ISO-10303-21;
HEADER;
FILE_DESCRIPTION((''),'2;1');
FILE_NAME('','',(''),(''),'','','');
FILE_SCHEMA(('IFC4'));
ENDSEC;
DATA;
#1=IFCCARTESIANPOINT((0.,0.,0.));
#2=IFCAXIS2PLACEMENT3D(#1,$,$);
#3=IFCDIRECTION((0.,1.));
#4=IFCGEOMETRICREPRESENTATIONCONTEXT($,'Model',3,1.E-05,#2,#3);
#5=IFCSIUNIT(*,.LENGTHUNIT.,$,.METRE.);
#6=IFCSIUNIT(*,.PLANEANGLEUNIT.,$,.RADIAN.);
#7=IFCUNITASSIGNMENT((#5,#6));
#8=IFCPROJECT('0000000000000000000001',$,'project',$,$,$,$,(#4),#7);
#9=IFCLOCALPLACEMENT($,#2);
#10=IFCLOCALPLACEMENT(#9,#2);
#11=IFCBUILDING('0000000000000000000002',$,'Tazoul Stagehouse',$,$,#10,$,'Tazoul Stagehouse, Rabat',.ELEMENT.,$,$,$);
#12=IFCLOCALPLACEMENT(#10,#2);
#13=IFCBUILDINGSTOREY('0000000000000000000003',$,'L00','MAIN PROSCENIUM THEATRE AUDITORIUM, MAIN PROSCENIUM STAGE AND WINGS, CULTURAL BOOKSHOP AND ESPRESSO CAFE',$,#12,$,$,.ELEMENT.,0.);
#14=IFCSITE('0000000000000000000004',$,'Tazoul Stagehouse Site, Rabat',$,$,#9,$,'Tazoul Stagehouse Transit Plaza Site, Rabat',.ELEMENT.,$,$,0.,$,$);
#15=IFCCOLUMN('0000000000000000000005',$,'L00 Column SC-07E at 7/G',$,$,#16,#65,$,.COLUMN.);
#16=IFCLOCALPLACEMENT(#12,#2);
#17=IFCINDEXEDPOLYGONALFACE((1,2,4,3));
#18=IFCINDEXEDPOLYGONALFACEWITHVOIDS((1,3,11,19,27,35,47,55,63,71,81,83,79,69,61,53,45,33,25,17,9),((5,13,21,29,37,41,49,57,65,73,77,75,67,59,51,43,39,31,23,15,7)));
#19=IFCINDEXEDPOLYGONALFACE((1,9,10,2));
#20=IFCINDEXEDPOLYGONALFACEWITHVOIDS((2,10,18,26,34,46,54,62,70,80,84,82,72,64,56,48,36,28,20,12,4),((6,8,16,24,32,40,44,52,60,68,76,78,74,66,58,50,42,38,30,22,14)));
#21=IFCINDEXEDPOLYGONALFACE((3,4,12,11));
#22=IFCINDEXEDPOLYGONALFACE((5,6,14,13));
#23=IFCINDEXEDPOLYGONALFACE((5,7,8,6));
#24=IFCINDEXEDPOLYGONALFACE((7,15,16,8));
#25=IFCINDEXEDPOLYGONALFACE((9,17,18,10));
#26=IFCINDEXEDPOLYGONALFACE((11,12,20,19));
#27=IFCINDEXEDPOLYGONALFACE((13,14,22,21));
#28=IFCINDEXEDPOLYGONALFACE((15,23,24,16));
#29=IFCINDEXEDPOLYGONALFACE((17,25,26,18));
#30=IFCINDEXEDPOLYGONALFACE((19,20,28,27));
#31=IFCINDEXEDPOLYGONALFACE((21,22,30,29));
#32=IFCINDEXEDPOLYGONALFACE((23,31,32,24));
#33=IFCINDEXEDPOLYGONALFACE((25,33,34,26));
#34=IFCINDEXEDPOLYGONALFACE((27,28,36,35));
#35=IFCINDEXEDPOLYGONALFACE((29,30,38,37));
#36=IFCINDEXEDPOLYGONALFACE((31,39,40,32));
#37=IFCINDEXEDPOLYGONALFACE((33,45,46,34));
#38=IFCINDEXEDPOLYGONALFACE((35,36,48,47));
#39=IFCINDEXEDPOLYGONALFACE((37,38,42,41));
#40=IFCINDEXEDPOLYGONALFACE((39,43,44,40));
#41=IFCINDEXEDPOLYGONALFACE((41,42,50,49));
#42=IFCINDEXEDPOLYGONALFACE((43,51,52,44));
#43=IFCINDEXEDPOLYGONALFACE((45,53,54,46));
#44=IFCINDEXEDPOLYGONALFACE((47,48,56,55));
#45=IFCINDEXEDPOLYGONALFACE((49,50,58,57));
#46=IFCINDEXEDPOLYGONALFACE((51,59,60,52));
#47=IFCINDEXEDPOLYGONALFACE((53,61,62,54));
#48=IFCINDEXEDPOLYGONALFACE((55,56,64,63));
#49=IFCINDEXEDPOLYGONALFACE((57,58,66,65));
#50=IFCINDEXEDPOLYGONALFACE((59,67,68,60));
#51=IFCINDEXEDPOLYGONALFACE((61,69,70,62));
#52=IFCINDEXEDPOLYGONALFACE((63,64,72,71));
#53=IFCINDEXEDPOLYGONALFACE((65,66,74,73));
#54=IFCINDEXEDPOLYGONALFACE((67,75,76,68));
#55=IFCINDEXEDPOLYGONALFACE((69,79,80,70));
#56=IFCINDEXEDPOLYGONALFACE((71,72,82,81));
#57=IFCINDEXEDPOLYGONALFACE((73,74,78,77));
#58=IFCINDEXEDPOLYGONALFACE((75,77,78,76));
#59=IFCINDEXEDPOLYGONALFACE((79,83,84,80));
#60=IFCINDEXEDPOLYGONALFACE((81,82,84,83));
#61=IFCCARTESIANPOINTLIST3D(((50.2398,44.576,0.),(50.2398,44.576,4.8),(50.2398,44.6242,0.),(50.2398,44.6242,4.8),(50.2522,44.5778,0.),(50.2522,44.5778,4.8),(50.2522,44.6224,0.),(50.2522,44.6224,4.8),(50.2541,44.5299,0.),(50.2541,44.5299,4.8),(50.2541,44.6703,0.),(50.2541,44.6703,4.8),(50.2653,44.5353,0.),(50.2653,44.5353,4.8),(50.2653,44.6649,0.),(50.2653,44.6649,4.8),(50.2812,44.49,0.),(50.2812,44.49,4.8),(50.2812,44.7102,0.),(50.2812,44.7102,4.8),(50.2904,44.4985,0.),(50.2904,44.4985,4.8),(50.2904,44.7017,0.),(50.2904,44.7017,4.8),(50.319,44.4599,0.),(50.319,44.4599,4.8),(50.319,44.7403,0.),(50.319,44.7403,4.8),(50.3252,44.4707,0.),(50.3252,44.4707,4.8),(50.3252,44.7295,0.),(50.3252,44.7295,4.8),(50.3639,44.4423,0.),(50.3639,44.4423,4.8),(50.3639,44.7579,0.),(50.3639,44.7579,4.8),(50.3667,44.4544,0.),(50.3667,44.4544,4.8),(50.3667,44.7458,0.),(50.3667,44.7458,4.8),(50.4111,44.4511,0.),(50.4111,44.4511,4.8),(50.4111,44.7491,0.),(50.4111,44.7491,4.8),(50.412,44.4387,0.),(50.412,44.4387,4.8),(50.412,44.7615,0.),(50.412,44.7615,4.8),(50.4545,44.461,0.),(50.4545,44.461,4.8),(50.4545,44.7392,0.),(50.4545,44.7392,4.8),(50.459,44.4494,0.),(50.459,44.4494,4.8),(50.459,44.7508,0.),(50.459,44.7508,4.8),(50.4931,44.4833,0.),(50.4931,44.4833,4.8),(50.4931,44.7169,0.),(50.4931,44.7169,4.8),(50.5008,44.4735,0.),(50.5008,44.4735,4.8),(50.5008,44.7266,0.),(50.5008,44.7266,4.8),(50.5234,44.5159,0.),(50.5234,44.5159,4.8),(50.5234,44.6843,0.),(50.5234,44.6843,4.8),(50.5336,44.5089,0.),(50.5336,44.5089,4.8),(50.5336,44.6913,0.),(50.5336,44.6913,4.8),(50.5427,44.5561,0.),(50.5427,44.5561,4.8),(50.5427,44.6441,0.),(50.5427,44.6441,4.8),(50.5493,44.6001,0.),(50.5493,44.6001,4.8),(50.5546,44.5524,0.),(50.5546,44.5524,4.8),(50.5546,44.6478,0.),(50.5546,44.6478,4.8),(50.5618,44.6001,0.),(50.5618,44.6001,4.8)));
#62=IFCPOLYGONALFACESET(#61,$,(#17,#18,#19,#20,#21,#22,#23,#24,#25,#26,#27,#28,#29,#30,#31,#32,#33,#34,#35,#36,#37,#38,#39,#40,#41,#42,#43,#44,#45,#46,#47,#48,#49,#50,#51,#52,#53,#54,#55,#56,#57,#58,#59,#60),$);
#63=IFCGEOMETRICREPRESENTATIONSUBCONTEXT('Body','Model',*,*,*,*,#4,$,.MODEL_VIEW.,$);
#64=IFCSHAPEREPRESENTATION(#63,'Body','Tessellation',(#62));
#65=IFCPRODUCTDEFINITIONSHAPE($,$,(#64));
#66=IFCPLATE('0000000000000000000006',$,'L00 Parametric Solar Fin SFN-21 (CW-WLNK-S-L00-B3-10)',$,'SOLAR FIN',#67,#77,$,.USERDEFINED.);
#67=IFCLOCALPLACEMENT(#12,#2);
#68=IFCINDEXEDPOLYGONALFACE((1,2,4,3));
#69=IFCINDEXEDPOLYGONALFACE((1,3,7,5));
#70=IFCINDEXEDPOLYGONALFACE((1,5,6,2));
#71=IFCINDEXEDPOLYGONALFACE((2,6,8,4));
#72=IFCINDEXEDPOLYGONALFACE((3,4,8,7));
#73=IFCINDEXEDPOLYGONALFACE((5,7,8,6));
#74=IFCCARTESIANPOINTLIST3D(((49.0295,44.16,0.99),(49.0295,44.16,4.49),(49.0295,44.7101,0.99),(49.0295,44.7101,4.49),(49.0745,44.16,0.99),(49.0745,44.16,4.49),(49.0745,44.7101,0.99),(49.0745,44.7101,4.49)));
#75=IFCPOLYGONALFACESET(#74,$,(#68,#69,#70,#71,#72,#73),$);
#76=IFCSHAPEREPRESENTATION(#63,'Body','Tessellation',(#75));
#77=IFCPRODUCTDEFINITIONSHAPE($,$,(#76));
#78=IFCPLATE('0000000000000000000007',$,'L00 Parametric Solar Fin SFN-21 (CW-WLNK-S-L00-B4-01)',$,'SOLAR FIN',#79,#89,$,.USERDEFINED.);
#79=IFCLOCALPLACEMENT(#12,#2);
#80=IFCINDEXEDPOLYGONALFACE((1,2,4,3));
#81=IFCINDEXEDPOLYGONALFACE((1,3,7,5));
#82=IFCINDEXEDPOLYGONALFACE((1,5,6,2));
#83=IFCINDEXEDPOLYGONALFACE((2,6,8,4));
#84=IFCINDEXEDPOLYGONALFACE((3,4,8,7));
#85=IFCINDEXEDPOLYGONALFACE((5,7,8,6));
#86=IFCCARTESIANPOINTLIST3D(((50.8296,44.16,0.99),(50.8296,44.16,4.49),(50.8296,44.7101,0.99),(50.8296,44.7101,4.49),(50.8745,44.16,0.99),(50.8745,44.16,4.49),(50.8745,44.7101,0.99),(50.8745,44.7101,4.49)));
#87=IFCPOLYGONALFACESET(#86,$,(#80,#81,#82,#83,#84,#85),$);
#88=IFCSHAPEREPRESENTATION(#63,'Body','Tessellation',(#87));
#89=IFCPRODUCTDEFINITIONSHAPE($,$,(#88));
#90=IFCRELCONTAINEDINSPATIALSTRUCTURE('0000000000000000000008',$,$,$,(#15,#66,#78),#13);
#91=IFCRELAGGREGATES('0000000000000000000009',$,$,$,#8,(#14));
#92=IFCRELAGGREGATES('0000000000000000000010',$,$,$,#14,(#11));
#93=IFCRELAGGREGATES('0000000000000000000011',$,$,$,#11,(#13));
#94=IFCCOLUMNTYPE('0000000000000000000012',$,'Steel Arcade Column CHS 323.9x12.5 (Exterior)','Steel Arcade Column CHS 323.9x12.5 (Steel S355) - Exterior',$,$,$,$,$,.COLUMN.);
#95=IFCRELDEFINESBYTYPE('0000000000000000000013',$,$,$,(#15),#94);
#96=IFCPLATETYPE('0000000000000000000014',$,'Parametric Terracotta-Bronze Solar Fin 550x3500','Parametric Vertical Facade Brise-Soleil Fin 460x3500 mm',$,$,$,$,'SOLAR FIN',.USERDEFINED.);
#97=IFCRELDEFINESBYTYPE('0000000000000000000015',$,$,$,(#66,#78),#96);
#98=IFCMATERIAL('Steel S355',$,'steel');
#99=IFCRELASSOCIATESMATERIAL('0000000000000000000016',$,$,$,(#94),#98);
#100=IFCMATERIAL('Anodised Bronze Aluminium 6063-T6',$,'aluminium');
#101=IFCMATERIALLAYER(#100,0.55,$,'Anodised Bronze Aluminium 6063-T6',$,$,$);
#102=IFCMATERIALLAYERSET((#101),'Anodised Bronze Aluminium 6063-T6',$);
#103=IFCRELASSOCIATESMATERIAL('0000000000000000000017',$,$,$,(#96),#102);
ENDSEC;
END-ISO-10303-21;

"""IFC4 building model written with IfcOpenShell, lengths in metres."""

from ifc_helpers import new_model, si_unit, direction, frame, origin, origin_2d, place, context, subcontext, project, spatial, rectangle, hollow_circle, extrude, material, layer, layer_set, material_profile, profile_set, type_object, element, save


model = new_model("IFC4")

# Units and contexts
model_context = context("Model", 3, precision=1e-05, world=origin(), true_north=direction((0.0, 1.0)))
body_context = subcontext(model_context, "Body", "Model", "MODEL_VIEW")
ifc_project = project(units=[si_unit("LENGTHUNIT", "METRE"), si_unit("PLANEANGLEUNIT", "RADIAN")], contexts=[model_context])

# Site, building, storey
site_placement = place(None, origin())
site = spatial("IfcSite", under=ifc_project, at=site_placement, Name="Tazoul Stagehouse Site, Rabat", LongName="Tazoul Stagehouse Transit Plaza Site, Rabat", CompositionType="ELEMENT", RefElevation=0.0)
building_placement = place(site_placement, origin())
building = spatial("IfcBuilding", under=site, at=building_placement, Name="Tazoul Stagehouse", LongName="Tazoul Stagehouse, Rabat", CompositionType="ELEMENT")
storey_placement = place(building_placement, origin())
storey = spatial("IfcBuildingStorey", under=building, at=storey_placement, Name="L00", Description="MAIN PROSCENIUM THEATRE AUDITORIUM, MAIN PROSCENIUM STAGE AND WINGS, CULTURAL BOOKSHOP AND ESPRESSO CAFE", CompositionType="ELEMENT", Elevation=0.0)

# Column
ifc_material_1 = material(Name="Steel S355", Category="steel")
ifc_material_profile_1 = material_profile(ifc_material_1, hollow_circle(Radius=0.1619, WallThickness=0.0125, at=origin_2d()), Name="CHS 323.9x12.5")
ifc_profile_set_1 = profile_set([ifc_material_profile_1], Name="Steel S355")
column_type = type_object("IfcColumnType", Name="Steel Arcade Column CHS 323.9x12.5 (Exterior)", Description="Steel Arcade Column CHS 323.9x12.5 (Steel S355) - Exterior", PredefinedType="COLUMN", material=ifc_profile_set_1)
column_placement = place(storey_placement, frame((50.3999, 44.6001, 0.0), z_axis=(0.0, 0.0, 1.0), x_axis=(1.0, 0.0, 0.0)))
element("IfcColumn", 1, at=column_placement, inside=storey, type_object=column_type, Name="L00 Column SC-07E at 7/G", PredefinedType="COLUMN", context=body_context, shape_type="SweptSolid", body=[
    extrude(hollow_circle(Radius=0.1619, WallThickness=0.0125, at=origin_2d()), origin(), (0.0, 0.0, 1.0), 4.8),
])

# Shared definitions
ifc_material_2 = material(Name="Anodised Bronze Aluminium 6063-T6", Category="aluminium")

# Plates
ifc_layer_1 = layer(ifc_material_2, 0.55, Name="Anodised Bronze Aluminium 6063-T6")
ifc_layer_set_1 = layer_set([ifc_layer_1], Name="Anodised Bronze Aluminium 6063-T6")
plate_type_1 = type_object("IfcPlateType", Name="Parametric Terracotta-Bronze Solar Fin 550x3500", Description="Parametric Vertical Facade Brise-Soleil Fin 460x3500 mm", ElementType="SOLAR FIN", PredefinedType="USERDEFINED", material=ifc_layer_set_1)
for number, where, z_axis, x_axis, name in (
    (2, (49.052, 44.4351, 0.99), (0.0, 0.0, 1.0), (1.0, 0.0, 0.0), "L00 Parametric Solar Fin SFN-21 (CW-WLNK-S-L00-B3-10)"),
    (3, (50.8521, 44.4351, 0.99), (0.0, 0.0, 1.0), (1.0, 0.0, 0.0), "L00 Parametric Solar Fin SFN-21 (CW-WLNK-S-L00-B4-01)"),
):
    element("IfcPlate", number, at=place(storey_placement, frame(where, z_axis=z_axis, x_axis=x_axis)), inside=storey, type_object=plate_type_1, Name=name, ObjectType="SOLAR FIN", PredefinedType="USERDEFINED", context=body_context, shape_type="SweptSolid", body=[
        extrude(rectangle(XDim=0.0449, YDim=0.55, at=origin_2d()), origin(), (0.0, 0.0, 1.0), 3.5),
    ])

save(model, "model.ifc")
